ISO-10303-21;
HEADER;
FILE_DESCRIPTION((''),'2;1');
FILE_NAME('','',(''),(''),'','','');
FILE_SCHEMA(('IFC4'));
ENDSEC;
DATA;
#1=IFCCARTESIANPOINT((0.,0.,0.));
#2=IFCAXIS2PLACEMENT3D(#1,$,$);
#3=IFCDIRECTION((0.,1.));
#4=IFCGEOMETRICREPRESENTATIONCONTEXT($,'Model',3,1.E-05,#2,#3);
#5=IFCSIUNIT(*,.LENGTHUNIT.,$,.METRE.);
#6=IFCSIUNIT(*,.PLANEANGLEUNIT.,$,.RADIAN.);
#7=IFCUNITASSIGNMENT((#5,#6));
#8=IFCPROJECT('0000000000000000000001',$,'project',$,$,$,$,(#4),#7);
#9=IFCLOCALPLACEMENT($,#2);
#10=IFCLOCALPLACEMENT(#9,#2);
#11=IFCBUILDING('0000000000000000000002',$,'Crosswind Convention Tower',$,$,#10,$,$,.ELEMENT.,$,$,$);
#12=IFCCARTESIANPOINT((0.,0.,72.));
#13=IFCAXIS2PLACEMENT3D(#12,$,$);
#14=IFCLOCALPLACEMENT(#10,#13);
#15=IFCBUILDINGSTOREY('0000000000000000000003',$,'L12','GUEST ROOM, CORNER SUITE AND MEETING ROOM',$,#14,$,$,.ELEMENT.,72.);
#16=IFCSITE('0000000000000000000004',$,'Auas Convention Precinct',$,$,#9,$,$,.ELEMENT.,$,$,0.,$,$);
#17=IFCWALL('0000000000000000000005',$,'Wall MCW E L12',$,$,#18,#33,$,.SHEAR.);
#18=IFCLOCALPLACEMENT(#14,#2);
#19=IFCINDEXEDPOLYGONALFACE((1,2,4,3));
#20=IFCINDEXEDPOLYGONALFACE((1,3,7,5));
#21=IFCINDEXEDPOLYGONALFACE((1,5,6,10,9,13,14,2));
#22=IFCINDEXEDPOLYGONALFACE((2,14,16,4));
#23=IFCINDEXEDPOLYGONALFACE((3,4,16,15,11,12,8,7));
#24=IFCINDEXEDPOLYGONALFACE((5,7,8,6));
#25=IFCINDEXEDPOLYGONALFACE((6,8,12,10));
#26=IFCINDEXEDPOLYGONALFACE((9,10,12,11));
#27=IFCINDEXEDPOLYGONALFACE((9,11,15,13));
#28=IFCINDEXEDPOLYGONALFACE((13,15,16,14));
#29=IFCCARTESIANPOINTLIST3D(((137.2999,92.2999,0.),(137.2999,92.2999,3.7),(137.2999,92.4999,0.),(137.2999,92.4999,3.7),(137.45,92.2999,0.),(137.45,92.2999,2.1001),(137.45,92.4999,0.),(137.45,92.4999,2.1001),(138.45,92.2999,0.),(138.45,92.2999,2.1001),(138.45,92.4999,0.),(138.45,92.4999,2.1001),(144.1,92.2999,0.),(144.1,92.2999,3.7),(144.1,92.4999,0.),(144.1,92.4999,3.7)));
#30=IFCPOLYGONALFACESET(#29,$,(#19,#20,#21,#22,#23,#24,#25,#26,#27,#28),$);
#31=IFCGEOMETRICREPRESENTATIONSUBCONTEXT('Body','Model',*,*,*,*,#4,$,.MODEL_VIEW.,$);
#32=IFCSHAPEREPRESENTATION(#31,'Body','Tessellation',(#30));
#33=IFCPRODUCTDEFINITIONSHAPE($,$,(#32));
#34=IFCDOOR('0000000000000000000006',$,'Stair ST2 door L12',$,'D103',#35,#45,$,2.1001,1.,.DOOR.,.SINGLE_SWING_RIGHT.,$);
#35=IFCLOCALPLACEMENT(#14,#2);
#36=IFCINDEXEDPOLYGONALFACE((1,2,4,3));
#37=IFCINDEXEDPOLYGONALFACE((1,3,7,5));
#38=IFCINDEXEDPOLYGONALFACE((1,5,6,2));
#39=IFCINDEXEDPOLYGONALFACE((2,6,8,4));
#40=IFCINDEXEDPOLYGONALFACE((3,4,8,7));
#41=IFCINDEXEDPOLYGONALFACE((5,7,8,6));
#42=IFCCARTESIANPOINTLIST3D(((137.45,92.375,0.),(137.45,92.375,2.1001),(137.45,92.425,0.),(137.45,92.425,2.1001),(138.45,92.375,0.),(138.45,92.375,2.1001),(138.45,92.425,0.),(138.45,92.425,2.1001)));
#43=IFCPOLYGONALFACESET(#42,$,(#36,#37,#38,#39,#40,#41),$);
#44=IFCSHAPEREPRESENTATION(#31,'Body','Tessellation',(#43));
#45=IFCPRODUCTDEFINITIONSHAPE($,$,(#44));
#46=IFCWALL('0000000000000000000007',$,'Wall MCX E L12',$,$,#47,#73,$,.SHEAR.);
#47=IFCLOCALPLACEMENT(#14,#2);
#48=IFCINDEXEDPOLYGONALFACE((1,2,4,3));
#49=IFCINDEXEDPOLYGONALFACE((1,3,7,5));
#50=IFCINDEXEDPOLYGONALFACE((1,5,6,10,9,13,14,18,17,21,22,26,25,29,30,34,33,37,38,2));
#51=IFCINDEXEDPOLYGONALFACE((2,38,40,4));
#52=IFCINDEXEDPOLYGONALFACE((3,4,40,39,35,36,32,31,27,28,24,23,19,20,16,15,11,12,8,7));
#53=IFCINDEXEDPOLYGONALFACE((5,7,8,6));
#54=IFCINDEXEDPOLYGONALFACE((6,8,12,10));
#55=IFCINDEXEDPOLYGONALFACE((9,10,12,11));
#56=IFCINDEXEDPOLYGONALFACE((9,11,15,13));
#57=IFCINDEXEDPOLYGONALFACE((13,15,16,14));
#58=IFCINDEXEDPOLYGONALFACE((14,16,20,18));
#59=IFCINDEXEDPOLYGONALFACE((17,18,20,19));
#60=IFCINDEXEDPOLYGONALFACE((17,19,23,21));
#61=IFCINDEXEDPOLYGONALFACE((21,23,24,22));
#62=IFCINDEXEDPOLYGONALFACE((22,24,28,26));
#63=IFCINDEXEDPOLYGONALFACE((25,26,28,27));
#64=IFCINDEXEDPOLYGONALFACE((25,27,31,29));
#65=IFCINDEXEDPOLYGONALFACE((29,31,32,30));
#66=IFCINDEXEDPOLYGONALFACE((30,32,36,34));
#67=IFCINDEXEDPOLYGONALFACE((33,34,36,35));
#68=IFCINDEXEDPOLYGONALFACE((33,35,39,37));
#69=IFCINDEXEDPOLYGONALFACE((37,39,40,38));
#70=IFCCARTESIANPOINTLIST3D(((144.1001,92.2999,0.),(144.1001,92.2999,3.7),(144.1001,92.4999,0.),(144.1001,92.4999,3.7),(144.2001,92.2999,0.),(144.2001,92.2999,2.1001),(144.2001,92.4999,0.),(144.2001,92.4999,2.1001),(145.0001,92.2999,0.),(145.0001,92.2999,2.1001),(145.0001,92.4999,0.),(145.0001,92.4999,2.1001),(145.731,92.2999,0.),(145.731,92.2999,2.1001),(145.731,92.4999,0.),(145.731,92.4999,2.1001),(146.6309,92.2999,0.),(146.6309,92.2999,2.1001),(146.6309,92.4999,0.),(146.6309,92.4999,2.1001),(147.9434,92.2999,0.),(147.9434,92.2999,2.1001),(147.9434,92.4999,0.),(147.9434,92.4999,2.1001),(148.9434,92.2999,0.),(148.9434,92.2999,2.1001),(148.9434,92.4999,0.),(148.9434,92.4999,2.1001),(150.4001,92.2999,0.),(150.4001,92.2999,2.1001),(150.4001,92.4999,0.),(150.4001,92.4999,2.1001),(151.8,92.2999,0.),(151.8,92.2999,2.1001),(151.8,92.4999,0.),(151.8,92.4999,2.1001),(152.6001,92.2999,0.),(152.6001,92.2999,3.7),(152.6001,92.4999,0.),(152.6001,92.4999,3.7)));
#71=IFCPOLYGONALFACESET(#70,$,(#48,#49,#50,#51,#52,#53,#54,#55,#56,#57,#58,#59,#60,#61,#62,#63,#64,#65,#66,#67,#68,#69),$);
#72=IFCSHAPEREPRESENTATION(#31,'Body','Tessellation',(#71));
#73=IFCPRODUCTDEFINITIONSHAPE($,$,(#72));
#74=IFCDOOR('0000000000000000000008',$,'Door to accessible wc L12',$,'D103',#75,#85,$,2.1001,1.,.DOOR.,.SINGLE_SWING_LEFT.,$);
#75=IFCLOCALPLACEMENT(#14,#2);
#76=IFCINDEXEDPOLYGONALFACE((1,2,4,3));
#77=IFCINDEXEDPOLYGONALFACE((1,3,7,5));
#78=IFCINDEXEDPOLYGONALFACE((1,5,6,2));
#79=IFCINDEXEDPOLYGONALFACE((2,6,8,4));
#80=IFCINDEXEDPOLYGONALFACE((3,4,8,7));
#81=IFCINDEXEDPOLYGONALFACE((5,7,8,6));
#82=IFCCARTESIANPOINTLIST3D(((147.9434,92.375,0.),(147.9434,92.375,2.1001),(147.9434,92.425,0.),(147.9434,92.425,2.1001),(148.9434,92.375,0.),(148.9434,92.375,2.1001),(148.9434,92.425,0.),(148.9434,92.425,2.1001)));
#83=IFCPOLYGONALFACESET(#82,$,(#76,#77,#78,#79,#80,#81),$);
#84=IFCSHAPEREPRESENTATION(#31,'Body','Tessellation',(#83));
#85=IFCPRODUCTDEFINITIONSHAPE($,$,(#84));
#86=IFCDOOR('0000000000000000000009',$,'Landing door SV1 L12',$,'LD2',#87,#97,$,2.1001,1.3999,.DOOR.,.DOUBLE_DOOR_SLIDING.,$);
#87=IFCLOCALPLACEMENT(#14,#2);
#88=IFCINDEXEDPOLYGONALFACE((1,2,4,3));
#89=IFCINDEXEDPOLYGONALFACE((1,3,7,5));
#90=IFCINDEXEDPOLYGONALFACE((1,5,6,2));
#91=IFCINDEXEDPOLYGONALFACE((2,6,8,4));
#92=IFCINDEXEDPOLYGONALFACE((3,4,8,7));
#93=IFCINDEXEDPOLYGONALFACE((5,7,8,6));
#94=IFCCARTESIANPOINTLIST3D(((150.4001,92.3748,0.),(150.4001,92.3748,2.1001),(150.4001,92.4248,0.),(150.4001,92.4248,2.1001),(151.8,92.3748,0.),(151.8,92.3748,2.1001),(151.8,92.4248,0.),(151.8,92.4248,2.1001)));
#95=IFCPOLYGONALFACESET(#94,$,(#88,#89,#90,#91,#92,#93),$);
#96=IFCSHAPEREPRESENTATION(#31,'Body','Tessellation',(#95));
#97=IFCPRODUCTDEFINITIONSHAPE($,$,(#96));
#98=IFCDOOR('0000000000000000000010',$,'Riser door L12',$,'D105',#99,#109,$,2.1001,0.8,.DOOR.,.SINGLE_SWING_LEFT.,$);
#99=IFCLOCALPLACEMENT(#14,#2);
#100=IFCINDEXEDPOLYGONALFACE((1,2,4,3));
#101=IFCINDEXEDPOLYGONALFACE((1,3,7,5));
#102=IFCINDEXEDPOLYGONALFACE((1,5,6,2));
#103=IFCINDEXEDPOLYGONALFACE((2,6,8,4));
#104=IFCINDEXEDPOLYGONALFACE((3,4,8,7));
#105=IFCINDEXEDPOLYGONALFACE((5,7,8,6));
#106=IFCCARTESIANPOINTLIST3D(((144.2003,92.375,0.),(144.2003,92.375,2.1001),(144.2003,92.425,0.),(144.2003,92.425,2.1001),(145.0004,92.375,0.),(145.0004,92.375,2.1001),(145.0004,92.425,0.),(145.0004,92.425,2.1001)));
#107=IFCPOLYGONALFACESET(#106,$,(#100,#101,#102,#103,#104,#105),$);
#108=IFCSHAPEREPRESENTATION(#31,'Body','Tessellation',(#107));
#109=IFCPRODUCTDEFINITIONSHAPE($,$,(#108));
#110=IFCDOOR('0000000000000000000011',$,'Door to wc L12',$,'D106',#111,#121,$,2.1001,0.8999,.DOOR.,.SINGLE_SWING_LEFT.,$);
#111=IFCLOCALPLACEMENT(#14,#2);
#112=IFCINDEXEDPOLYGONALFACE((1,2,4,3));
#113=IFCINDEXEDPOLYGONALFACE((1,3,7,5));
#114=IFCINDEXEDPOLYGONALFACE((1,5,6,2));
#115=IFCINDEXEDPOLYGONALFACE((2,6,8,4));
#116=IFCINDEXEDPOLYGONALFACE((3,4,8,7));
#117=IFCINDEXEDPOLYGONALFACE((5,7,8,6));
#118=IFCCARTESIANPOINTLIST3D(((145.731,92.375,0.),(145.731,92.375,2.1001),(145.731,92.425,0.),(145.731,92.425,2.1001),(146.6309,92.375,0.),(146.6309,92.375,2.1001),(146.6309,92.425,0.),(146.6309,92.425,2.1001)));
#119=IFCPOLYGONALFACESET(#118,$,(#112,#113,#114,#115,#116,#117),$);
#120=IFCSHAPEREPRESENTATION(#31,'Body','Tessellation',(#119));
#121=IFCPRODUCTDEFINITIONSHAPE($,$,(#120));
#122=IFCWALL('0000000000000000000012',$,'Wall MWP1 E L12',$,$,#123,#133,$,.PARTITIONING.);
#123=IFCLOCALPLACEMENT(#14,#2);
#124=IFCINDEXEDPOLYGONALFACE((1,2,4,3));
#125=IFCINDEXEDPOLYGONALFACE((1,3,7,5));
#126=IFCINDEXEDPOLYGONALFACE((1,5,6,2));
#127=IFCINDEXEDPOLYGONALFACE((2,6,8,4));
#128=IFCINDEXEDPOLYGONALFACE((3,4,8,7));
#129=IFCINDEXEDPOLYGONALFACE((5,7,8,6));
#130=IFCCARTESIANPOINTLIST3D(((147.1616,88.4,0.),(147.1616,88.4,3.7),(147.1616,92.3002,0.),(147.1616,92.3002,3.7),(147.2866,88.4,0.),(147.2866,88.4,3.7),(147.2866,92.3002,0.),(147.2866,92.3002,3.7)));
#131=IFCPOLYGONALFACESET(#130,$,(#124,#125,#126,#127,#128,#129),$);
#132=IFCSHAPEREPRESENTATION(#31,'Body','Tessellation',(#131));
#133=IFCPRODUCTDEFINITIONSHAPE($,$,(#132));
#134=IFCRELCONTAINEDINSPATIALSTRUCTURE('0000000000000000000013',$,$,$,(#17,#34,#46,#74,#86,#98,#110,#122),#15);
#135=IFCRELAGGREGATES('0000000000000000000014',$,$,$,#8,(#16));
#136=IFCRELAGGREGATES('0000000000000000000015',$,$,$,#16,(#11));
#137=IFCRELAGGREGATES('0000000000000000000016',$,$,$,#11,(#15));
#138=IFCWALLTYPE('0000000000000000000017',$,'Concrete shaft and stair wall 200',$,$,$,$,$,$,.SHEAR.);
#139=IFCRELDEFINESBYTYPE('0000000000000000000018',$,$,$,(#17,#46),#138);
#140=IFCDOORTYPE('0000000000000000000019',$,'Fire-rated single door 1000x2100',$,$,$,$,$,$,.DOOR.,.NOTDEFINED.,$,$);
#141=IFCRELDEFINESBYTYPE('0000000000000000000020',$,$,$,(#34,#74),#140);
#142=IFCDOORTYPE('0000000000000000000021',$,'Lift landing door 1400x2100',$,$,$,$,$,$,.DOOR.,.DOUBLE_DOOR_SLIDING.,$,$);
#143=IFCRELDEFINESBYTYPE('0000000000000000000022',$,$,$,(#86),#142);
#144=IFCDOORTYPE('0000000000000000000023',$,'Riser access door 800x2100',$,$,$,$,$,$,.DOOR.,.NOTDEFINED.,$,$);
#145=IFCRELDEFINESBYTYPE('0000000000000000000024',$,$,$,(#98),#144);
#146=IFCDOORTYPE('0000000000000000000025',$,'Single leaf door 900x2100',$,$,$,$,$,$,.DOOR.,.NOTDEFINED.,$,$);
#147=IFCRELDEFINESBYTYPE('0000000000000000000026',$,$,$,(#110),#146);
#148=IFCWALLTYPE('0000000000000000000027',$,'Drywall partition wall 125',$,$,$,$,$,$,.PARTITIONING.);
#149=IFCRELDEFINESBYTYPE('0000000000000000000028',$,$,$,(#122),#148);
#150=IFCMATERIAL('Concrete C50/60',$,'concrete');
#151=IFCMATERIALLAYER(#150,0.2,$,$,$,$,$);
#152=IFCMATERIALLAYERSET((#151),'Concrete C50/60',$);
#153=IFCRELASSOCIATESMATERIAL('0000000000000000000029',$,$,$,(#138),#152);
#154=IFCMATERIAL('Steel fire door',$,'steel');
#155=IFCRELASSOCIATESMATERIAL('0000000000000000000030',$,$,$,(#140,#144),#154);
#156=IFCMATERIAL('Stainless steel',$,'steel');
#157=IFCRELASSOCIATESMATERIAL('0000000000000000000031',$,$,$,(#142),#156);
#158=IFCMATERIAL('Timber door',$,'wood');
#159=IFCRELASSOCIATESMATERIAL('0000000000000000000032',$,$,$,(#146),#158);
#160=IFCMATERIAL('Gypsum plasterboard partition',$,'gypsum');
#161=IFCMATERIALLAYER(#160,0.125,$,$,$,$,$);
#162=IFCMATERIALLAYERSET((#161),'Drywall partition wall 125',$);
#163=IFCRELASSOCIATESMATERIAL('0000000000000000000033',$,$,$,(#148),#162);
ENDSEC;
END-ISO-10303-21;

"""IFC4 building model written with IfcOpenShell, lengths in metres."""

from ifc_helpers import new_model, si_unit, direction, frame, frame_2d, origin, place, context, subcontext, project, spatial, rectangle, extrude, material, layer, layer_set, type_object, element, fill, save


model = new_model("IFC4")

# Units and contexts
model_context = context("Model", 3, precision=1e-05, world=origin(), true_north=direction((0.0, 1.0)))
body_context = subcontext(model_context, "Body", "Model", "MODEL_VIEW")
ifc_project = project(units=[si_unit("LENGTHUNIT", "METRE"), si_unit("PLANEANGLEUNIT", "RADIAN")], contexts=[model_context])

# Site, building, storey
site_placement = place(None, origin())
site = spatial("IfcSite", under=ifc_project, at=site_placement, Name="Auas Convention Precinct", CompositionType="ELEMENT", RefElevation=0.0)
building_placement = place(site_placement, origin())
building = spatial("IfcBuilding", under=site, at=building_placement, Name="Crosswind Convention Tower", CompositionType="ELEMENT")
storey_placement = place(building_placement, frame((0.0, 0.0, 72.0)))
storey = spatial("IfcBuildingStorey", under=building, at=storey_placement, Name="L12", Description="GUEST ROOM, CORNER SUITE AND MEETING ROOM", CompositionType="ELEMENT", Elevation=72.0)

# Shared definitions
ifc_material_1 = material(Name="Concrete C50/60", Category="concrete")

# Shared definitions
ifc_layer_1 = layer(ifc_material_1, 0.2)
ifc_layer_set_1 = layer_set([ifc_layer_1], Name="Concrete C50/60")
wall_type_1 = type_object("IfcWallType", Name="Concrete shaft and stair wall 200", PredefinedType="SHEAR", material=ifc_layer_set_1)

# Shared definitions
ifc_material_2 = material(Name="Steel fire door", Category="steel")

# Wall, opening, door
wall_1_placement = place(storey_placement, frame((137.3, 92.3999, 0.0), z_axis=(0.0, 0.0, 1.0), x_axis=(1.0, 0.0, 0.0)))
wall_1 = element("IfcWall", 1, at=wall_1_placement, inside=storey, type_object=wall_type_1, Name="Wall MCW E L12", PredefinedType="SHEAR", context=body_context, shape_type="SweptSolid", body=[
    extrude(rectangle(XDim=6.8, YDim=0.2, at=frame_2d((3.3999, 0.0))), origin(), (0.0, 0.0, 1.0), 3.7),
])
opening_1_placement = place(wall_1_placement, frame((0.1499, 0.0, 0.0)))
opening_1 = element("IfcOpeningElement", 2, at=opening_1_placement, cuts=wall_1, PredefinedType="OPENING", context=body_context, shape_type="SweptSolid", body=[
    extrude(rectangle(XDim=1.0, YDim=2.1001, at=frame_2d((0.5, 1.05))), frame((0.0, 0.1099, 0.0), z_axis=(0.0, -1.0, 0.0), x_axis=(1.0, 0.0, 0.0)), (0.0, 0.0, 1.0), 0.22),
])
door_type_1 = type_object("IfcDoorType", Name="Fire-rated single door 1000x2100", OperationType="NOTDEFINED", PredefinedType="DOOR", material=ifc_material_2)
door_1_placement = place(opening_1_placement, frame((1.0, 0.0, 0.0), z_axis=(0.0, 0.0, 1.0), x_axis=(-1.0, 0.0, 0.0)))
door_1 = element("IfcDoor", 3, at=door_1_placement, inside=storey, type_object=door_type_1, Name="Stair ST2 door L12", ObjectType="D103", OperationType="SINGLE_SWING_RIGHT", OverallHeight=2.1001, OverallWidth=1.0, PredefinedType="DOOR", context=body_context, shape_type="SweptSolid", body=[
    extrude(rectangle(XDim=1.0, YDim=2.1001, at=frame_2d((0.5, 1.05))), frame((0.0, 0.0249, 0.0), z_axis=(0.0, -1.0, 0.0), x_axis=(1.0, 0.0, 0.0)), (0.0, 0.0, 1.0), 0.05),
])
fill(opening_1, door_1)

# Wall, openings, doors
wall_2_placement = place(storey_placement, frame((144.1001, 92.3999, 0.0), z_axis=(0.0, 0.0, 1.0), x_axis=(1.0, 0.0, 0.0)))
wall_2 = element("IfcWall", 4, at=wall_2_placement, inside=storey, type_object=wall_type_1, Name="Wall MCX E L12", PredefinedType="SHEAR", context=body_context, shape_type="SweptSolid", body=[
    extrude(rectangle(XDim=8.5, YDim=0.2, at=frame_2d((4.25, 0.0))), origin(), (0.0, 0.0, 1.0), 3.7),
])
opening_2_placement = place(wall_2_placement, frame((0.1001, 0.0, 0.0)))
opening_2 = element("IfcOpeningElement", 5, at=opening_2_placement, cuts=wall_2, PredefinedType="OPENING", context=body_context, shape_type="SweptSolid", body=[
    extrude(rectangle(XDim=0.8, YDim=2.1001, at=frame_2d((0.3999, 1.05))), frame((0.0, 0.1099, 0.0), z_axis=(0.0, -1.0, 0.0), x_axis=(1.0, 0.0, 0.0)), (0.0, 0.0, 1.0), 0.22),
])
opening_3_placement = place(wall_2_placement, frame((1.6309, 0.0, 0.0)))
opening_3 = element("IfcOpeningElement", 6, at=opening_3_placement, cuts=wall_2, PredefinedType="OPENING", context=body_context, shape_type="SweptSolid", body=[
    extrude(rectangle(XDim=0.8999, YDim=2.1001, at=frame_2d((0.45, 1.05))), frame((0.0, 0.1099, 0.0), z_axis=(0.0, -1.0, 0.0), x_axis=(1.0, 0.0, 0.0)), (0.0, 0.0, 1.0), 0.22),
])
opening_4_placement = place(wall_2_placement, frame((3.8433, 0.0, 0.0)))
opening_4 = element("IfcOpeningElement", 7, at=opening_4_placement, cuts=wall_2, PredefinedType="OPENING", context=body_context, shape_type="SweptSolid", body=[
    extrude(rectangle(XDim=1.0, YDim=2.1001, at=frame_2d((0.5, 1.05))), frame((0.0, 0.1099, 0.0), z_axis=(0.0, -1.0, 0.0), x_axis=(1.0, 0.0, 0.0)), (0.0, 0.0, 1.0), 0.22),
])
opening_5_placement = place(wall_2_placement, frame((6.3, 0.0, 0.0)))
opening_5 = element("IfcOpeningElement", 8, at=opening_5_placement, cuts=wall_2, PredefinedType="OPENING", context=body_context, shape_type="SweptSolid", body=[
    extrude(rectangle(XDim=1.3999, YDim=2.1001, at=frame_2d((0.7, 1.05))), frame((0.0, 0.1099, 0.0), z_axis=(0.0, -1.0, 0.0), x_axis=(1.0, 0.0, 0.0)), (0.0, 0.0, 1.0), 0.22),
])
door_2_placement = place(opening_4_placement, frame((1.0, 0.0, 0.0), z_axis=(0.0, 0.0, 1.0), x_axis=(-1.0, 0.0, 0.0)))
door_2 = element("IfcDoor", 9, at=door_2_placement, inside=storey, type_object=door_type_1, Name="Door to accessible wc L12", ObjectType="D103", OperationType="SINGLE_SWING_LEFT", OverallHeight=2.1001, OverallWidth=1.0, PredefinedType="DOOR", context=body_context, shape_type="SweptSolid", body=[
    extrude(rectangle(XDim=1.0, YDim=2.1001, at=frame_2d((0.5, 1.05))), frame((0.0, 0.0249, 0.0), z_axis=(0.0, -1.0, 0.0), x_axis=(1.0, 0.0, 0.0)), (0.0, 0.0, 1.0), 0.05),
])
fill(opening_4, door_2)
ifc_material_3 = material(Name="Stainless steel", Category="steel")
door_type_2 = type_object("IfcDoorType", Name="Lift landing door 1400x2100", OperationType="DOUBLE_DOOR_SLIDING", PredefinedType="DOOR", material=ifc_material_3)
door_3_placement = place(opening_5_placement, origin())
door_3 = element("IfcDoor", 10, at=door_3_placement, inside=storey, type_object=door_type_2, Name="Landing door SV1 L12", ObjectType="LD2", OperationType="DOUBLE_DOOR_SLIDING", OverallHeight=2.1001, OverallWidth=1.3999, PredefinedType="DOOR", context=body_context, shape_type="SweptSolid", body=[
    extrude(rectangle(XDim=1.3999, YDim=2.1001, at=frame_2d((0.7, 1.05))), frame((0.0, 0.0249, 0.0), z_axis=(0.0, -1.0, 0.0), x_axis=(1.0, 0.0, 0.0)), (0.0, 0.0, 1.0), 0.05),
])
fill(opening_5, door_3)
door_type_3 = type_object("IfcDoorType", Name="Riser access door 800x2100", OperationType="NOTDEFINED", PredefinedType="DOOR", material=ifc_material_2)
door_4_placement = place(opening_2_placement, frame((0.8, 0.0, 0.0), z_axis=(0.0, 0.0, 1.0), x_axis=(-1.0, 0.0, 0.0)))
door_4 = element("IfcDoor", 11, at=door_4_placement, inside=storey, type_object=door_type_3, Name="Riser door L12", ObjectType="D105", OperationType="SINGLE_SWING_LEFT", OverallHeight=2.1001, OverallWidth=0.8, PredefinedType="DOOR", context=body_context, shape_type="SweptSolid", body=[
    extrude(rectangle(XDim=0.8, YDim=2.1001, at=frame_2d((0.3999, 1.05))), frame((0.0, 0.0249, 0.0), z_axis=(0.0, -1.0, 0.0), x_axis=(1.0, 0.0, 0.0)), (0.0, 0.0, 1.0), 0.05),
])
fill(opening_2, door_4)
ifc_material_4 = material(Name="Timber door", Category="wood")
door_type_4 = type_object("IfcDoorType", Name="Single leaf door 900x2100", OperationType="NOTDEFINED", PredefinedType="DOOR", material=ifc_material_4)
door_5_placement = place(opening_3_placement, frame((0.8999, 0.0, 0.0), z_axis=(0.0, 0.0, 1.0), x_axis=(-1.0, 0.0, 0.0)))
door_5 = element("IfcDoor", 12, at=door_5_placement, inside=storey, type_object=door_type_4, Name="Door to wc L12", ObjectType="D106", OperationType="SINGLE_SWING_LEFT", OverallHeight=2.1001, OverallWidth=0.8999, PredefinedType="DOOR", context=body_context, shape_type="SweptSolid", body=[
    extrude(rectangle(XDim=0.8999, YDim=2.1001, at=frame_2d((0.45, 1.05))), frame((0.0, 0.0249, 0.0), z_axis=(0.0, -1.0, 0.0), x_axis=(1.0, 0.0, 0.0)), (0.0, 0.0, 1.0), 0.05),
])
fill(opening_3, door_5)

# Wall
ifc_material_5 = material(Name="Gypsum plasterboard partition", Category="gypsum")
ifc_layer_2 = layer(ifc_material_5, 0.125)
ifc_layer_set_2 = layer_set([ifc_layer_2], Name="Drywall partition wall 125")
wall_type_2 = type_object("IfcWallType", Name="Drywall partition wall 125", PredefinedType="PARTITIONING", material=ifc_layer_set_2)
wall_3_placement = place(storey_placement, frame((147.2241, 88.3999, 0.0), z_axis=(0.0, 0.0, 1.0), x_axis=(0.0, 1.0, 0.0)))
element("IfcWall", 13, at=wall_3_placement, inside=storey, type_object=wall_type_2, Name="Wall MWP1 E L12", PredefinedType="PARTITIONING", context=body_context, shape_type="SweptSolid", body=[
    extrude(rectangle(XDim=3.9001, YDim=0.125, at=frame_2d((1.9502, 0.0))), origin(), (0.0, 0.0, 1.0), 3.7),
])

save(model, "model.ifc")
